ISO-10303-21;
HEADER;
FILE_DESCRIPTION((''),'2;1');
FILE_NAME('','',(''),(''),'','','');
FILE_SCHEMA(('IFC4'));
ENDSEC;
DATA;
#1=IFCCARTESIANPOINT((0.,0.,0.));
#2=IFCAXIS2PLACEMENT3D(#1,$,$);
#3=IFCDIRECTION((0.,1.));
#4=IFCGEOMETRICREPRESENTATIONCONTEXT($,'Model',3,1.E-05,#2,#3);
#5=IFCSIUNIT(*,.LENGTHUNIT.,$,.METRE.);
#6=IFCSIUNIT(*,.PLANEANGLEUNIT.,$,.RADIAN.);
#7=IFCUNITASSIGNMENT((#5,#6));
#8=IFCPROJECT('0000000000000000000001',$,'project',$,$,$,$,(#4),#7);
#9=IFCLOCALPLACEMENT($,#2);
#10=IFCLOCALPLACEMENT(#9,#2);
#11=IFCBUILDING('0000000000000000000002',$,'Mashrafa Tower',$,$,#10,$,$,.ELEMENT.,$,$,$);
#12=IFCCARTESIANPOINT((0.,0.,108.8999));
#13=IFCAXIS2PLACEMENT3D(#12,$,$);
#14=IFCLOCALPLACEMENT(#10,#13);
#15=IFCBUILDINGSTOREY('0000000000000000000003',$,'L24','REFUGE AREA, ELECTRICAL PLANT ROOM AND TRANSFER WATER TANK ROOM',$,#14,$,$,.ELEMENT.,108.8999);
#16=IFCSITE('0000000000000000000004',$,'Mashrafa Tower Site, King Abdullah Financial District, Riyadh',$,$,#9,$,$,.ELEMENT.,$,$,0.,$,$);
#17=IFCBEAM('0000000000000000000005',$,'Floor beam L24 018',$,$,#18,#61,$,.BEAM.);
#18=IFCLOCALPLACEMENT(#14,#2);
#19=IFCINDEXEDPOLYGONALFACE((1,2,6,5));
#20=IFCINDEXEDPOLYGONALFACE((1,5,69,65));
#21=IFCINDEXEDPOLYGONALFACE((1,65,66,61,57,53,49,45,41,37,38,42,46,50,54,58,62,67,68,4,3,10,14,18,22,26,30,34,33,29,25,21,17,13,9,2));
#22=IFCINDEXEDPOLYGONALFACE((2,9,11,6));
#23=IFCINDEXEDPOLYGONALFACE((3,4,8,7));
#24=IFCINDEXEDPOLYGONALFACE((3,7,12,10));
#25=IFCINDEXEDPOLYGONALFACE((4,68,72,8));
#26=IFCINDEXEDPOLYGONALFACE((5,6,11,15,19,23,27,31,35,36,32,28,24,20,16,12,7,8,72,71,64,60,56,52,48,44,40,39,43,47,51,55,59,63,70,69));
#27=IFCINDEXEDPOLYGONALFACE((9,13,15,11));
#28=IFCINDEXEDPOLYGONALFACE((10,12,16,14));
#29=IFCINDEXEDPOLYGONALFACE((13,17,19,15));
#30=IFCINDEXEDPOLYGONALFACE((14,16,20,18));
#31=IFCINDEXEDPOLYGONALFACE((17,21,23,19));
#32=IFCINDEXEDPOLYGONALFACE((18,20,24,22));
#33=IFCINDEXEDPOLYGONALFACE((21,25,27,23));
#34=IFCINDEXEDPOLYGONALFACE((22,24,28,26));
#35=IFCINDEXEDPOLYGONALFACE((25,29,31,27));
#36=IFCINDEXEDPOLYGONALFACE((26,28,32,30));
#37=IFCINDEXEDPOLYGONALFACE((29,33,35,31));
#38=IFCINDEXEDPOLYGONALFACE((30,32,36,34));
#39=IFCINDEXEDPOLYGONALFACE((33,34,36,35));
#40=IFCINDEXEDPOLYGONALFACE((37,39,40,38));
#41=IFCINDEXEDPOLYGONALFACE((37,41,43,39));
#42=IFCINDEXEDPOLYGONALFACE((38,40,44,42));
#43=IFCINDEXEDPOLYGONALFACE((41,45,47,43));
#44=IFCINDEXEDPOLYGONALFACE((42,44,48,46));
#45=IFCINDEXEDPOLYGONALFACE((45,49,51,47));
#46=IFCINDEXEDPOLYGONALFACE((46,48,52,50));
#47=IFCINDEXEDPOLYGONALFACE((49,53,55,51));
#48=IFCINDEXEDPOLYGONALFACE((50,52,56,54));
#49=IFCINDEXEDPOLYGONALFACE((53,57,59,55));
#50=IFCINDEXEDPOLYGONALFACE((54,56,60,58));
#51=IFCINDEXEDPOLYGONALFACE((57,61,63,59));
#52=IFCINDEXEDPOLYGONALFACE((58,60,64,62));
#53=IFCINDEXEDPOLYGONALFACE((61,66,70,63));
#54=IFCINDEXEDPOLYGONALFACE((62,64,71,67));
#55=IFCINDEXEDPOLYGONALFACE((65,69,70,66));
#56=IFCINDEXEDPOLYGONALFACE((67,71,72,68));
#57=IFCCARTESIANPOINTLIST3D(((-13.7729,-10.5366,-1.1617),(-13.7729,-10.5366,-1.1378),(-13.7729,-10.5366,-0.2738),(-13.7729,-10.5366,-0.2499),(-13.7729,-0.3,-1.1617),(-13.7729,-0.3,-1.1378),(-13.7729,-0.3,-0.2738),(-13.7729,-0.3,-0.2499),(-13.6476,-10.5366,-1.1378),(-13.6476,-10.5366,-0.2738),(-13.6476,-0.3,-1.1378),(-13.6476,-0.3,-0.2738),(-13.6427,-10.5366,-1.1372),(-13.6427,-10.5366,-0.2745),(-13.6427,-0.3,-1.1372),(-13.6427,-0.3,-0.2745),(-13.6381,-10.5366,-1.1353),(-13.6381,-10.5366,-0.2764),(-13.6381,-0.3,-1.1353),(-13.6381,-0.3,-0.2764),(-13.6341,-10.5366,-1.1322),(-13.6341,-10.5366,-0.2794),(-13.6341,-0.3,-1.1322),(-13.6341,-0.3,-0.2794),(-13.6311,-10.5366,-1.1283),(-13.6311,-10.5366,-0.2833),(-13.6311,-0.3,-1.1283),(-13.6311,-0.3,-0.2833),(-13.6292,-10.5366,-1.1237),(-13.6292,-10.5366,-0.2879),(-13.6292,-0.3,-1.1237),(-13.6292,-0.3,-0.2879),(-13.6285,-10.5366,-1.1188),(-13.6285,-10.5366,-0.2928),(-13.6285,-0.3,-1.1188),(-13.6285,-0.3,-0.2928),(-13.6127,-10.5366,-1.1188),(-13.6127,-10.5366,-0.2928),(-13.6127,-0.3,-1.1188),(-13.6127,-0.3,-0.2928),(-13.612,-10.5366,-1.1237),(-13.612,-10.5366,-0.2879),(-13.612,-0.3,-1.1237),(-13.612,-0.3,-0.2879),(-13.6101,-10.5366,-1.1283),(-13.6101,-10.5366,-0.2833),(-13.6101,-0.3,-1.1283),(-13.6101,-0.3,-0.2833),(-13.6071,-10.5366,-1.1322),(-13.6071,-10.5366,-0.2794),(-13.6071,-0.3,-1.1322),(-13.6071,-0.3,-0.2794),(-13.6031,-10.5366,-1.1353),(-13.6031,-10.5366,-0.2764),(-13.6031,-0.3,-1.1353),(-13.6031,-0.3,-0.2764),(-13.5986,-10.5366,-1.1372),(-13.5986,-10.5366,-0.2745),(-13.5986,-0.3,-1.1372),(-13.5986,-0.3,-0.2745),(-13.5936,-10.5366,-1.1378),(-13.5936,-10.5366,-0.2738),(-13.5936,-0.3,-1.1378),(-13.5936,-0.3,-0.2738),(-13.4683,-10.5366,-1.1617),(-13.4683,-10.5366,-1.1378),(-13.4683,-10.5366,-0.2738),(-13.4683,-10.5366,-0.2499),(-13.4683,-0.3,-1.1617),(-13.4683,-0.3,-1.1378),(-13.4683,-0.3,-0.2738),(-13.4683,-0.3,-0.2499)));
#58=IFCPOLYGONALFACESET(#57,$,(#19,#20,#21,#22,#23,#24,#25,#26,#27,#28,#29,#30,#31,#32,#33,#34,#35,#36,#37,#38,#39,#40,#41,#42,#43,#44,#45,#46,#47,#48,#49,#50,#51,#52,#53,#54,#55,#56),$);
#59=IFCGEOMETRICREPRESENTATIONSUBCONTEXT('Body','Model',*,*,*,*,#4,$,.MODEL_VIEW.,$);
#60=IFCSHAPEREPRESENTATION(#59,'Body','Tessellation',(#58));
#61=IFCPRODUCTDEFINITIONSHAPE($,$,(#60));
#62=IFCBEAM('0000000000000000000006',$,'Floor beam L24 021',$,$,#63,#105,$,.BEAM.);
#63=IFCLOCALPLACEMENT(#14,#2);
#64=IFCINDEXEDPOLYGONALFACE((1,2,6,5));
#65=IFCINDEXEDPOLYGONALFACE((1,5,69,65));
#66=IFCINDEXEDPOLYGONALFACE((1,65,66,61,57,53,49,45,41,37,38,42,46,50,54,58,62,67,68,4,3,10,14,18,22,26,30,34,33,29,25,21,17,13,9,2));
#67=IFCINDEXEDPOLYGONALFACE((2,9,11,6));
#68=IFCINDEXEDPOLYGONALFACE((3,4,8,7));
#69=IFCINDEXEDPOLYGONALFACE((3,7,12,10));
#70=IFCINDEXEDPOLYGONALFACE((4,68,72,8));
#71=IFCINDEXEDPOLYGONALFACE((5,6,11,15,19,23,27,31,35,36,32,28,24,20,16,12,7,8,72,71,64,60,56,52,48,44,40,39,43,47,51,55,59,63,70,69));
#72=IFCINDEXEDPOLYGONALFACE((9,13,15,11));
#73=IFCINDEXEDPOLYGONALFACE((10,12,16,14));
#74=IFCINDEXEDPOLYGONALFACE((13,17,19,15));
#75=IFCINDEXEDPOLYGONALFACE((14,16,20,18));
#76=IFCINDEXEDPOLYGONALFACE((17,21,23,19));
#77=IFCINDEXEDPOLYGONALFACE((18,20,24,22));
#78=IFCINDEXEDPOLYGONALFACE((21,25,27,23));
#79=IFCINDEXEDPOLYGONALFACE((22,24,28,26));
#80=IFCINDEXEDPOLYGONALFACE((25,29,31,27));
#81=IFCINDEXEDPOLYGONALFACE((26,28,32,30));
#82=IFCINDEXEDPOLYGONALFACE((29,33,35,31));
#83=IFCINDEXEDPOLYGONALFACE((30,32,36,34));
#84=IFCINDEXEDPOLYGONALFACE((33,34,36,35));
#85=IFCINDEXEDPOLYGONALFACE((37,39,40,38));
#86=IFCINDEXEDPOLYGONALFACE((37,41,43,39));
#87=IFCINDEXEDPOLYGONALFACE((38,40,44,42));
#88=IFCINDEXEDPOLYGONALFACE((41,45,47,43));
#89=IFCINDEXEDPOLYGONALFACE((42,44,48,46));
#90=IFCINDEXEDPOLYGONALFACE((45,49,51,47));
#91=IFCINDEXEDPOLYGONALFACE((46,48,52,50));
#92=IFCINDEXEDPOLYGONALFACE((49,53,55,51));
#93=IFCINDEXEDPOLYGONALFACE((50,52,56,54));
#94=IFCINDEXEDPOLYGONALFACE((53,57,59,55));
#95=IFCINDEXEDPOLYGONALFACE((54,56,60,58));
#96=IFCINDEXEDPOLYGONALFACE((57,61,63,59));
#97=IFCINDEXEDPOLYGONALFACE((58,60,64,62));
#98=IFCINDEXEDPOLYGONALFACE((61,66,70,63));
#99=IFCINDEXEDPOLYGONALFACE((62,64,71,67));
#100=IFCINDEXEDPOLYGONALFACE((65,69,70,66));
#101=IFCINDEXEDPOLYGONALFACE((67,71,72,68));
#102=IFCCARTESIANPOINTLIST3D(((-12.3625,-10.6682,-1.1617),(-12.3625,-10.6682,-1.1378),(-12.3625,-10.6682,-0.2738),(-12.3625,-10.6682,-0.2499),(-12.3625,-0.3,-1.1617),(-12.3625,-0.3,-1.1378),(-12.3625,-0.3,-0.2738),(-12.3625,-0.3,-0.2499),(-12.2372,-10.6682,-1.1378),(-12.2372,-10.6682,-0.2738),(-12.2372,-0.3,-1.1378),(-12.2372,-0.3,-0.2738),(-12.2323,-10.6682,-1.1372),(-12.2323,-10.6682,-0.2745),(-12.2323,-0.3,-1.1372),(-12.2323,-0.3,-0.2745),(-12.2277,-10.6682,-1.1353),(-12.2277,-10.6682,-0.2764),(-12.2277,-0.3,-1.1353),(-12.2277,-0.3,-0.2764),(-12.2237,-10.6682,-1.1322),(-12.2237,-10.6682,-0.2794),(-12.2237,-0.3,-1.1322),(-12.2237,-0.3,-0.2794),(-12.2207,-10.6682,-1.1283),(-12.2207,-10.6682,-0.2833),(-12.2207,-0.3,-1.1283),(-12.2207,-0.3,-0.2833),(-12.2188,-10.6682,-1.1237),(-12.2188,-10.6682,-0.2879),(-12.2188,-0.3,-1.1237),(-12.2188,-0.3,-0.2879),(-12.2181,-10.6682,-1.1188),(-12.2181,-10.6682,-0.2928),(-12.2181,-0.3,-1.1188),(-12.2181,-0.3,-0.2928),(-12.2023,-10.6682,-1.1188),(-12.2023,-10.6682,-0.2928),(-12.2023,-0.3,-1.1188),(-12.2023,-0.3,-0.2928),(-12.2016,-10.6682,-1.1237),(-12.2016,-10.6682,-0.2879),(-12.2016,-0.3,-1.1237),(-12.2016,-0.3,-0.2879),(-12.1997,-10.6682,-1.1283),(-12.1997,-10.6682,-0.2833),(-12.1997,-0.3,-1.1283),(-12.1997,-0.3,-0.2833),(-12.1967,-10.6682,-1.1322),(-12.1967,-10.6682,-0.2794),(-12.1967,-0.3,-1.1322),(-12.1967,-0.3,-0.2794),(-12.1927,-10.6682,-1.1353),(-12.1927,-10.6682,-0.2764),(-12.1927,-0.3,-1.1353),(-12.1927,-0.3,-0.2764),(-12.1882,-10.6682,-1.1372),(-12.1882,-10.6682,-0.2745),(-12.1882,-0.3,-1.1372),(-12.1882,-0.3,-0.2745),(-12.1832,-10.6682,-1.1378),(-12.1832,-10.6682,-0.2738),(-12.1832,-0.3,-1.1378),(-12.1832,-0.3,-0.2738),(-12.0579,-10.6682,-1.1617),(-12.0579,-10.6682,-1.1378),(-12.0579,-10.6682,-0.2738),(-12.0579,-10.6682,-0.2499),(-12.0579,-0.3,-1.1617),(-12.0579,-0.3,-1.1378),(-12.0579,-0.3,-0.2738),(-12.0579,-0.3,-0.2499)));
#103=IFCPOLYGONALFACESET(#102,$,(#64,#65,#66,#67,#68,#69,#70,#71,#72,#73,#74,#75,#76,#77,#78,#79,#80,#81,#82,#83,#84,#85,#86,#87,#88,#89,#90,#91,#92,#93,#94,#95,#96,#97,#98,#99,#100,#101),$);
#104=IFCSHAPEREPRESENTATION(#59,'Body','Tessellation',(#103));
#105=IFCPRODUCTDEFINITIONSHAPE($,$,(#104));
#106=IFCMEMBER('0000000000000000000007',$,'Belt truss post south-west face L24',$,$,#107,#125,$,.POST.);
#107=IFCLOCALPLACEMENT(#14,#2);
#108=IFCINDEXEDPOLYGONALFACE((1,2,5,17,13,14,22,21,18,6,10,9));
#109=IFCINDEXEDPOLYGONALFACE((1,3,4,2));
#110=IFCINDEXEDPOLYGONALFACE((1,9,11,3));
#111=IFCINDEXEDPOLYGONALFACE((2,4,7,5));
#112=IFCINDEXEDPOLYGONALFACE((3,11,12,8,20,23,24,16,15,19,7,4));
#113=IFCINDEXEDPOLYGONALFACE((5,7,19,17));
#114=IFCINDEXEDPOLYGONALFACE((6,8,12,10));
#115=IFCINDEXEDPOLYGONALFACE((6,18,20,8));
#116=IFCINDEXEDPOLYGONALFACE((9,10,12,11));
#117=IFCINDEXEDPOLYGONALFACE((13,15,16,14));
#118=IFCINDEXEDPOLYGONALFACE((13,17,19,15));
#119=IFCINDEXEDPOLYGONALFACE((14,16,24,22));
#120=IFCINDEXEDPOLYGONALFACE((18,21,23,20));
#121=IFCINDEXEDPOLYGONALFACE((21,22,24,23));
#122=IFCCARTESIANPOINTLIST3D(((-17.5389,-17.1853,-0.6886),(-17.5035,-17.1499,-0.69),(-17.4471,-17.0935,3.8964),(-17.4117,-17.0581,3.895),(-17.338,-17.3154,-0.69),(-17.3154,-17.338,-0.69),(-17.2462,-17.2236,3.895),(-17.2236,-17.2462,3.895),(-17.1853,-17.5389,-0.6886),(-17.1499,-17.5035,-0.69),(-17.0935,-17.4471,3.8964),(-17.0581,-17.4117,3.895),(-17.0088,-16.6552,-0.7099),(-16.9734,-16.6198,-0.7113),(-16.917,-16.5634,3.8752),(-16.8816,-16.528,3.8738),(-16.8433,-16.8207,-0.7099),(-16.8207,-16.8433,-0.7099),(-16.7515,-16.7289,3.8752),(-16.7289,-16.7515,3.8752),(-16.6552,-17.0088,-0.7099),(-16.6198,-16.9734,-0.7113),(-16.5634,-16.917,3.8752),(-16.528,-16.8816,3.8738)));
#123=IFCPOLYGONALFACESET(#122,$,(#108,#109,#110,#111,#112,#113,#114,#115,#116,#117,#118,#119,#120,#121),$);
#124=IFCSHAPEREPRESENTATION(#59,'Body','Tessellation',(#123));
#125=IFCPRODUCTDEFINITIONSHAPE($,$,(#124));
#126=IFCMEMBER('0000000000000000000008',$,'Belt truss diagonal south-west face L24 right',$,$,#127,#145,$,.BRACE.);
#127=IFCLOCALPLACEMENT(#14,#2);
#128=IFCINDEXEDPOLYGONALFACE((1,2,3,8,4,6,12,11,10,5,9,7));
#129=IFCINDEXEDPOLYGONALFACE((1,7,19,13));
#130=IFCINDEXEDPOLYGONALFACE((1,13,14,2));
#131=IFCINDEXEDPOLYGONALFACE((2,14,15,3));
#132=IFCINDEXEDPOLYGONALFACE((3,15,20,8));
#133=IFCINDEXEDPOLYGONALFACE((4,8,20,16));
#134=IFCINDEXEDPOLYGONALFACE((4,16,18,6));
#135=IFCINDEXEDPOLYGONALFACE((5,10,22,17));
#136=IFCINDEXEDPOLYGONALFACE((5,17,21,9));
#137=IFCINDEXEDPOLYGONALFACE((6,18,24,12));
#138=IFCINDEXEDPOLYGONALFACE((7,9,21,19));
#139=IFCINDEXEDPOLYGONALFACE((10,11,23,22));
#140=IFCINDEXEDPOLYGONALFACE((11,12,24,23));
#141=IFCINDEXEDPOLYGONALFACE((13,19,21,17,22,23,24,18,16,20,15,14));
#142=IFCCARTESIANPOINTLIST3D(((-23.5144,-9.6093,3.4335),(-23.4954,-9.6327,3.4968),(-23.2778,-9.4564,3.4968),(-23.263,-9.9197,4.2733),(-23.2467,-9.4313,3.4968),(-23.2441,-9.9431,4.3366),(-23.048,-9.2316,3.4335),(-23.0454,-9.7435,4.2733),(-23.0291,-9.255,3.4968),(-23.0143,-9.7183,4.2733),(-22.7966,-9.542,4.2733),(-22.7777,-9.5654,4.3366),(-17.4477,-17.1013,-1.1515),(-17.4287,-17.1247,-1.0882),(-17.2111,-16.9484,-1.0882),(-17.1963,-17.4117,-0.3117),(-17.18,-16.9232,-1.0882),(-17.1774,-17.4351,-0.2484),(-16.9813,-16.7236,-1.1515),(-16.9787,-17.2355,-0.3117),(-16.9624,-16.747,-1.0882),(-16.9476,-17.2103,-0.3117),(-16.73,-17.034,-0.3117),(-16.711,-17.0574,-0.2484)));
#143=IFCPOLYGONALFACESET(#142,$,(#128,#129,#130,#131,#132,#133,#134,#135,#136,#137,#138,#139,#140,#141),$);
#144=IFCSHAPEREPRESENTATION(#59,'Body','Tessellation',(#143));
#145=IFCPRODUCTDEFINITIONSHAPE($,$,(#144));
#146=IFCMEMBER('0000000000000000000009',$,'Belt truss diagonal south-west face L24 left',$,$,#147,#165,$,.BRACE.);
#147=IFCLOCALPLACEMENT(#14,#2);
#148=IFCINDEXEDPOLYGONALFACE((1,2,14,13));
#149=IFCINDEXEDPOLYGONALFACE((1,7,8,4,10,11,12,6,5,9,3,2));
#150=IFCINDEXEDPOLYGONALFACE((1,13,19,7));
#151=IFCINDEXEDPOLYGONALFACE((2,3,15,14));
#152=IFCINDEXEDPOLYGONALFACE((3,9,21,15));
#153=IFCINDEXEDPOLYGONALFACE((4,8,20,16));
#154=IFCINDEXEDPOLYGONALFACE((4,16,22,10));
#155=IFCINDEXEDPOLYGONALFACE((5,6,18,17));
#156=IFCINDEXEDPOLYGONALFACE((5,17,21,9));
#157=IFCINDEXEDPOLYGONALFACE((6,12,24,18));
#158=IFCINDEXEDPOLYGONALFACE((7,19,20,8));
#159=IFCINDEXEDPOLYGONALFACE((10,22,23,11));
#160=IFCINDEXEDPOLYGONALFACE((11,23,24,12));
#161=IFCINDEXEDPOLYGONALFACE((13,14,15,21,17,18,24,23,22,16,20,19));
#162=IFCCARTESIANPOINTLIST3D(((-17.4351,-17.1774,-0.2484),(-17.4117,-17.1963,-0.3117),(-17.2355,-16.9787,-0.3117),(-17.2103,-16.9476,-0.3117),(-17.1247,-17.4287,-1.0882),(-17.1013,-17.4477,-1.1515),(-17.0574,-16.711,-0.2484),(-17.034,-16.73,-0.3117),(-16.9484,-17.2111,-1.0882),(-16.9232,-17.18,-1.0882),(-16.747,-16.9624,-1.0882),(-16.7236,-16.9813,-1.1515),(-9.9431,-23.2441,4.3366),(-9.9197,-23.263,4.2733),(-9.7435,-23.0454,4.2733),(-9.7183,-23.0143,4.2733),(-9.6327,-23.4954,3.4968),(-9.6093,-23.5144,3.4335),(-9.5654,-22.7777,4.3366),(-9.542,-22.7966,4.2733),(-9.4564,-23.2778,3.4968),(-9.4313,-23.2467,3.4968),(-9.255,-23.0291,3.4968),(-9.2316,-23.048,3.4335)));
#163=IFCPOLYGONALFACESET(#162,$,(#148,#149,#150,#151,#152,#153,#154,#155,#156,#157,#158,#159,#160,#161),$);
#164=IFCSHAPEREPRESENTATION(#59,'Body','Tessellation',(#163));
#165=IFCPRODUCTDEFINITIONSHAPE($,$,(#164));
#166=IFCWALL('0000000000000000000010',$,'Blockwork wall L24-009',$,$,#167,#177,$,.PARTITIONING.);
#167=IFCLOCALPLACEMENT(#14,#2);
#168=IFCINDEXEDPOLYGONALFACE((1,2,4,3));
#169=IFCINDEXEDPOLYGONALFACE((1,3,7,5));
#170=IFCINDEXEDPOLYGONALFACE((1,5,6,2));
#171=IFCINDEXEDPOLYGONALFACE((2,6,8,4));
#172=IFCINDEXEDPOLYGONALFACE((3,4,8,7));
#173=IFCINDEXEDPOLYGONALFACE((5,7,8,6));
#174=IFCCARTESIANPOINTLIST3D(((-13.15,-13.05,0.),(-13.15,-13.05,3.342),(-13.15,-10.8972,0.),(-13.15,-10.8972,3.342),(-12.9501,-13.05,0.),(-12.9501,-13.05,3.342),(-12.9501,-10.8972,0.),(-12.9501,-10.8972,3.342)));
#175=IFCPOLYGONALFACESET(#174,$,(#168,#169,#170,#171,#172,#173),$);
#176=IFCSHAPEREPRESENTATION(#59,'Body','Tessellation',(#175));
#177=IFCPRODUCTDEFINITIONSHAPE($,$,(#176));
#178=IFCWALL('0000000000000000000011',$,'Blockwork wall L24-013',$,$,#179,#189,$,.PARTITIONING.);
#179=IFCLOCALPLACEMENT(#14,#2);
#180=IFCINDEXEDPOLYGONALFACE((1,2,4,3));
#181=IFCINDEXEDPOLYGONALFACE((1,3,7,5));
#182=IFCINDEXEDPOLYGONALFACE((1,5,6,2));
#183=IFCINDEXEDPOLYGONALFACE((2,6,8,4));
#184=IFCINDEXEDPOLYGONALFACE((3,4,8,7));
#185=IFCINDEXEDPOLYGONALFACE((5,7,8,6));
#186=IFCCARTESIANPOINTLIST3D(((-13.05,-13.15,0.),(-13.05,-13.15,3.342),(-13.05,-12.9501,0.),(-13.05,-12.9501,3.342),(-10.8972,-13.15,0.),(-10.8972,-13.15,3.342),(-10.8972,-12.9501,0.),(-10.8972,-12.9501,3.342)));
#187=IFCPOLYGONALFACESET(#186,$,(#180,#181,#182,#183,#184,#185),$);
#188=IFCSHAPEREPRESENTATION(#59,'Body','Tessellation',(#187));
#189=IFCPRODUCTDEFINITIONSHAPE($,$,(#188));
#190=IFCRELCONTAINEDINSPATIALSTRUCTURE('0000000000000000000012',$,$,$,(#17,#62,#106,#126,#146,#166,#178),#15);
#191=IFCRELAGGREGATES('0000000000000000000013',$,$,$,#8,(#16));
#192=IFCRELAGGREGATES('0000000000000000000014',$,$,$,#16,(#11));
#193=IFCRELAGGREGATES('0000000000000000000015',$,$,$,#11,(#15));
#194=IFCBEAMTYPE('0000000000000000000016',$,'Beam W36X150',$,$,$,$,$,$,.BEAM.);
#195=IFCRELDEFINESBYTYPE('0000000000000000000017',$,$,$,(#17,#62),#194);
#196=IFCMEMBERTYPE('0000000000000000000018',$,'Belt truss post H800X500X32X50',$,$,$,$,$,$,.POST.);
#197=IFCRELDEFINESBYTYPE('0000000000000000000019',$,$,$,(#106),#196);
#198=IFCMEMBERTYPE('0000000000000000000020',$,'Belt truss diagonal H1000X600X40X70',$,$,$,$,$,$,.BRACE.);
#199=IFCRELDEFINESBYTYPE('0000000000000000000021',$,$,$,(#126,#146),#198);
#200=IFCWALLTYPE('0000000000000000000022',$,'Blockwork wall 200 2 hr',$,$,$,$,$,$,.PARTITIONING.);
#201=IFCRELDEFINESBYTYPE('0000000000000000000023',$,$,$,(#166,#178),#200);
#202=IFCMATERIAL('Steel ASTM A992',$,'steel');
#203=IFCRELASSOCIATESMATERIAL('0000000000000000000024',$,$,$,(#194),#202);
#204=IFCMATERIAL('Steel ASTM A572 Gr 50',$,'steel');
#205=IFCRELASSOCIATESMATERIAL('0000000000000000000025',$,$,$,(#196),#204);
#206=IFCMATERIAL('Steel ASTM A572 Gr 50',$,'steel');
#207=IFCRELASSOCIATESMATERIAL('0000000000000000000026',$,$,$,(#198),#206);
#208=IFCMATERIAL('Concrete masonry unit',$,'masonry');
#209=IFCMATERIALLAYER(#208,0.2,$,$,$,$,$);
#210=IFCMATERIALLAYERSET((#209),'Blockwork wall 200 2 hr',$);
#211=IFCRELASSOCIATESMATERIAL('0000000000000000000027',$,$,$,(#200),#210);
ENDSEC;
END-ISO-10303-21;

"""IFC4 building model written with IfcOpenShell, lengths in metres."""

from ifc_helpers import new_model, si_unit, direction, frame, frame_2d, origin, origin_2d, place, context, subcontext, project, spatial, rectangle, i_section, extrude, source, transform, mapped, material, layer, layer_set, material_profile, profile_set, type_object, type_shapes, element, save


model = new_model("IFC4")

# Units and contexts
model_context = context("Model", 3, precision=1e-05, world=origin(), true_north=direction((0.0, 1.0)))
body_context = subcontext(model_context, "Body", "Model", "MODEL_VIEW")
ifc_project = project(units=[si_unit("LENGTHUNIT", "METRE"), si_unit("PLANEANGLEUNIT", "RADIAN")], contexts=[model_context])

# Site, building, storey
site_placement = place(None, origin())
site = spatial("IfcSite", under=ifc_project, at=site_placement, Name="Mashrafa Tower Site, King Abdullah Financial District, Riyadh", CompositionType="ELEMENT", RefElevation=0.0)
building_placement = place(site_placement, origin())
building = spatial("IfcBuilding", under=site, at=building_placement, Name="Mashrafa Tower", CompositionType="ELEMENT")
storey_placement = place(building_placement, frame((0.0, 0.0, 108.8999)))
storey = spatial("IfcBuildingStorey", under=building, at=storey_placement, Name="L24", Description="REFUGE AREA, ELECTRICAL PLANT ROOM AND TRANSFER WATER TANK ROOM", CompositionType="ELEMENT", Elevation=108.8999)

# Beams
ifc_material_1 = material(Name="Steel ASTM A992", Category="steel")
ifc_material_profile_1 = material_profile(ifc_material_1, i_section(OverallWidth=0.3047, OverallDepth=0.9119, WebThickness=0.0159, FlangeThickness=0.0239, FilletRadius=0.019, at=origin_2d()), Name="W36X150")
ifc_profile_set_1 = profile_set([ifc_material_profile_1], Name="Steel ASTM A992")
beam_type_1 = type_object("IfcBeamType", Name="Beam W36X150", PredefinedType="BEAM", material=ifc_profile_set_1)
beam_1_placement = place(storey_placement, frame((-13.6206, -10.5366, -0.7058), z_axis=(0.0, 1.0, 0.0), x_axis=(-1.0, 0.0, 0.0)))
element("IfcBeam", 1, at=beam_1_placement, inside=storey, type_object=beam_type_1, Name="Floor beam L24 018", PredefinedType="BEAM", context=body_context, shape_type="SweptSolid", body=[
    extrude(i_section(OverallWidth=0.3047, OverallDepth=0.9119, WebThickness=0.0159, FlangeThickness=0.0239, FilletRadius=0.019, at=origin_2d()), origin(), (0.0, 0.0, 1.0), 10.2366),
])
beam_2_placement = place(storey_placement, frame((-12.2102, -10.6682, -0.7058), z_axis=(0.0, 1.0, 0.0), x_axis=(-1.0, 0.0, 0.0)))
element("IfcBeam", 2, at=beam_2_placement, inside=storey, type_object=beam_type_1, Name="Floor beam L24 021", PredefinedType="BEAM", context=body_context, shape_type="SweptSolid", body=[
    extrude(i_section(OverallWidth=0.3047, OverallDepth=0.9119, WebThickness=0.0159, FlangeThickness=0.0239, FilletRadius=0.019, at=origin_2d()), origin(), (0.0, 0.0, 1.0), 10.3682),
])

# Members
ifc_material_2 = material(Name="Steel ASTM A572 Gr 50", Category="steel")
ifc_material_profile_2 = material_profile(ifc_material_2, i_section(OverallWidth=0.5, OverallDepth=0.8, WebThickness=0.032, FlangeThickness=0.05, at=origin_2d()), Name="H800X500X32X50")
ifc_profile_set_2 = profile_set([ifc_material_profile_2], Name="Steel ASTM A572 Gr 50")
member_type_1 = type_object("IfcMemberType", Name="Belt truss post H800X500X32X50", PredefinedType="POST", material=ifc_profile_set_2)
shared_shape_1 = source(origin(), body_context, "Body", "SweptSolid", [
    extrude(i_section(OverallWidth=0.5, OverallDepth=0.8, WebThickness=0.032, FlangeThickness=0.05, at=origin_2d()), origin(), (0.0, 0.0, 1.0), 4.5869),
])
type_shapes(member_type_1, [shared_shape_1])
member_placement = place(storey_placement, frame((-17.0793, -17.0793, -0.7), z_axis=(0.020013, 0.020013, 0.999599), x_axis=(-0.707107, 0.707107, 0.0)))
element("IfcMember", 3, at=member_placement, inside=storey, type_object=member_type_1, Name="Belt truss post south-west face L24", PredefinedType="POST", context=body_context, shape_type="MappedRepresentation", body=[
    mapped(shared_shape_1, transform((0.0, 0.0, 0.0))),
])
ifc_material_3 = material(Name="Steel ASTM A572 Gr 50", Category="steel")
ifc_material_profile_3 = material_profile(ifc_material_3, i_section(OverallWidth=0.6001, OverallDepth=1.0, WebThickness=0.04, FlangeThickness=0.0701, at=origin_2d()), Name="H1000X600X40X70")
ifc_profile_set_3 = profile_set([ifc_material_profile_3], Name="Steel ASTM A572 Gr 50")
member_type_2 = type_object("IfcMemberType", Name="Belt truss diagonal H1000X600X40X70", PredefinedType="BRACE", material=ifc_profile_set_3)
shared_shape_2 = source(origin(), body_context, "Body", "SweptSolid", [
    extrude(i_section(OverallWidth=0.6001, OverallDepth=1.0, WebThickness=0.04, FlangeThickness=0.0701, at=origin_2d()), origin(), (0.0, 0.0, 1.0), 10.675),
])
type_shapes(member_type_2, [shared_shape_2])
for number, where, z_axis, x_axis, name in (
    (4, (-17.0793, -17.0793, -0.7), (-0.568305, 0.701822, 0.429505), (-0.777156, -0.629308, 0.0), "Belt truss diagonal south-west face L24 right"),
    (5, (-17.0793, -17.0793, -0.7), (0.701822, -0.568305, 0.429505), (0.629308, 0.777156, 0.0), "Belt truss diagonal south-west face L24 left"),
):
    element("IfcMember", number, at=place(storey_placement, frame(where, z_axis=z_axis, x_axis=x_axis)), inside=storey, type_object=member_type_2, Name=name, PredefinedType="BRACE", context=body_context, shape_type="MappedRepresentation", body=[
        mapped(shared_shape_2, transform((0.0, 0.0, 0.0))),
    ])

# Walls
ifc_material_4 = material(Name="Concrete masonry unit", Category="masonry")
ifc_layer_1 = layer(ifc_material_4, 0.2)
ifc_layer_set_1 = layer_set([ifc_layer_1], Name="Blockwork wall 200 2 hr")
wall_type_1 = type_object("IfcWallType", Name="Blockwork wall 200 2 hr", PredefinedType="PARTITIONING", material=ifc_layer_set_1)
for number, where, z_axis, x_axis, name in (
    (6, (-13.05, -10.8972, 0.0), (0.0, 0.0, 1.0), (0.0, -1.0, 0.0), "Blockwork wall L24-009"),
    (7, (-13.05, -13.05, 0.0), (0.0, 0.0, 1.0), (1.0, 0.0, 0.0), "Blockwork wall L24-013"),
):
    element("IfcWall", number, at=place(storey_placement, frame(where, z_axis=z_axis, x_axis=x_axis)), inside=storey, type_object=wall_type_1, Name=name, PredefinedType="PARTITIONING", context=body_context, shape_type="SweptSolid", body=[
        extrude(rectangle(XDim=2.1528, YDim=0.2, at=frame_2d((1.0764, 0.0))), origin(), (0.0, 0.0, 1.0), 3.342),
    ])

save(model, "model.ifc")
